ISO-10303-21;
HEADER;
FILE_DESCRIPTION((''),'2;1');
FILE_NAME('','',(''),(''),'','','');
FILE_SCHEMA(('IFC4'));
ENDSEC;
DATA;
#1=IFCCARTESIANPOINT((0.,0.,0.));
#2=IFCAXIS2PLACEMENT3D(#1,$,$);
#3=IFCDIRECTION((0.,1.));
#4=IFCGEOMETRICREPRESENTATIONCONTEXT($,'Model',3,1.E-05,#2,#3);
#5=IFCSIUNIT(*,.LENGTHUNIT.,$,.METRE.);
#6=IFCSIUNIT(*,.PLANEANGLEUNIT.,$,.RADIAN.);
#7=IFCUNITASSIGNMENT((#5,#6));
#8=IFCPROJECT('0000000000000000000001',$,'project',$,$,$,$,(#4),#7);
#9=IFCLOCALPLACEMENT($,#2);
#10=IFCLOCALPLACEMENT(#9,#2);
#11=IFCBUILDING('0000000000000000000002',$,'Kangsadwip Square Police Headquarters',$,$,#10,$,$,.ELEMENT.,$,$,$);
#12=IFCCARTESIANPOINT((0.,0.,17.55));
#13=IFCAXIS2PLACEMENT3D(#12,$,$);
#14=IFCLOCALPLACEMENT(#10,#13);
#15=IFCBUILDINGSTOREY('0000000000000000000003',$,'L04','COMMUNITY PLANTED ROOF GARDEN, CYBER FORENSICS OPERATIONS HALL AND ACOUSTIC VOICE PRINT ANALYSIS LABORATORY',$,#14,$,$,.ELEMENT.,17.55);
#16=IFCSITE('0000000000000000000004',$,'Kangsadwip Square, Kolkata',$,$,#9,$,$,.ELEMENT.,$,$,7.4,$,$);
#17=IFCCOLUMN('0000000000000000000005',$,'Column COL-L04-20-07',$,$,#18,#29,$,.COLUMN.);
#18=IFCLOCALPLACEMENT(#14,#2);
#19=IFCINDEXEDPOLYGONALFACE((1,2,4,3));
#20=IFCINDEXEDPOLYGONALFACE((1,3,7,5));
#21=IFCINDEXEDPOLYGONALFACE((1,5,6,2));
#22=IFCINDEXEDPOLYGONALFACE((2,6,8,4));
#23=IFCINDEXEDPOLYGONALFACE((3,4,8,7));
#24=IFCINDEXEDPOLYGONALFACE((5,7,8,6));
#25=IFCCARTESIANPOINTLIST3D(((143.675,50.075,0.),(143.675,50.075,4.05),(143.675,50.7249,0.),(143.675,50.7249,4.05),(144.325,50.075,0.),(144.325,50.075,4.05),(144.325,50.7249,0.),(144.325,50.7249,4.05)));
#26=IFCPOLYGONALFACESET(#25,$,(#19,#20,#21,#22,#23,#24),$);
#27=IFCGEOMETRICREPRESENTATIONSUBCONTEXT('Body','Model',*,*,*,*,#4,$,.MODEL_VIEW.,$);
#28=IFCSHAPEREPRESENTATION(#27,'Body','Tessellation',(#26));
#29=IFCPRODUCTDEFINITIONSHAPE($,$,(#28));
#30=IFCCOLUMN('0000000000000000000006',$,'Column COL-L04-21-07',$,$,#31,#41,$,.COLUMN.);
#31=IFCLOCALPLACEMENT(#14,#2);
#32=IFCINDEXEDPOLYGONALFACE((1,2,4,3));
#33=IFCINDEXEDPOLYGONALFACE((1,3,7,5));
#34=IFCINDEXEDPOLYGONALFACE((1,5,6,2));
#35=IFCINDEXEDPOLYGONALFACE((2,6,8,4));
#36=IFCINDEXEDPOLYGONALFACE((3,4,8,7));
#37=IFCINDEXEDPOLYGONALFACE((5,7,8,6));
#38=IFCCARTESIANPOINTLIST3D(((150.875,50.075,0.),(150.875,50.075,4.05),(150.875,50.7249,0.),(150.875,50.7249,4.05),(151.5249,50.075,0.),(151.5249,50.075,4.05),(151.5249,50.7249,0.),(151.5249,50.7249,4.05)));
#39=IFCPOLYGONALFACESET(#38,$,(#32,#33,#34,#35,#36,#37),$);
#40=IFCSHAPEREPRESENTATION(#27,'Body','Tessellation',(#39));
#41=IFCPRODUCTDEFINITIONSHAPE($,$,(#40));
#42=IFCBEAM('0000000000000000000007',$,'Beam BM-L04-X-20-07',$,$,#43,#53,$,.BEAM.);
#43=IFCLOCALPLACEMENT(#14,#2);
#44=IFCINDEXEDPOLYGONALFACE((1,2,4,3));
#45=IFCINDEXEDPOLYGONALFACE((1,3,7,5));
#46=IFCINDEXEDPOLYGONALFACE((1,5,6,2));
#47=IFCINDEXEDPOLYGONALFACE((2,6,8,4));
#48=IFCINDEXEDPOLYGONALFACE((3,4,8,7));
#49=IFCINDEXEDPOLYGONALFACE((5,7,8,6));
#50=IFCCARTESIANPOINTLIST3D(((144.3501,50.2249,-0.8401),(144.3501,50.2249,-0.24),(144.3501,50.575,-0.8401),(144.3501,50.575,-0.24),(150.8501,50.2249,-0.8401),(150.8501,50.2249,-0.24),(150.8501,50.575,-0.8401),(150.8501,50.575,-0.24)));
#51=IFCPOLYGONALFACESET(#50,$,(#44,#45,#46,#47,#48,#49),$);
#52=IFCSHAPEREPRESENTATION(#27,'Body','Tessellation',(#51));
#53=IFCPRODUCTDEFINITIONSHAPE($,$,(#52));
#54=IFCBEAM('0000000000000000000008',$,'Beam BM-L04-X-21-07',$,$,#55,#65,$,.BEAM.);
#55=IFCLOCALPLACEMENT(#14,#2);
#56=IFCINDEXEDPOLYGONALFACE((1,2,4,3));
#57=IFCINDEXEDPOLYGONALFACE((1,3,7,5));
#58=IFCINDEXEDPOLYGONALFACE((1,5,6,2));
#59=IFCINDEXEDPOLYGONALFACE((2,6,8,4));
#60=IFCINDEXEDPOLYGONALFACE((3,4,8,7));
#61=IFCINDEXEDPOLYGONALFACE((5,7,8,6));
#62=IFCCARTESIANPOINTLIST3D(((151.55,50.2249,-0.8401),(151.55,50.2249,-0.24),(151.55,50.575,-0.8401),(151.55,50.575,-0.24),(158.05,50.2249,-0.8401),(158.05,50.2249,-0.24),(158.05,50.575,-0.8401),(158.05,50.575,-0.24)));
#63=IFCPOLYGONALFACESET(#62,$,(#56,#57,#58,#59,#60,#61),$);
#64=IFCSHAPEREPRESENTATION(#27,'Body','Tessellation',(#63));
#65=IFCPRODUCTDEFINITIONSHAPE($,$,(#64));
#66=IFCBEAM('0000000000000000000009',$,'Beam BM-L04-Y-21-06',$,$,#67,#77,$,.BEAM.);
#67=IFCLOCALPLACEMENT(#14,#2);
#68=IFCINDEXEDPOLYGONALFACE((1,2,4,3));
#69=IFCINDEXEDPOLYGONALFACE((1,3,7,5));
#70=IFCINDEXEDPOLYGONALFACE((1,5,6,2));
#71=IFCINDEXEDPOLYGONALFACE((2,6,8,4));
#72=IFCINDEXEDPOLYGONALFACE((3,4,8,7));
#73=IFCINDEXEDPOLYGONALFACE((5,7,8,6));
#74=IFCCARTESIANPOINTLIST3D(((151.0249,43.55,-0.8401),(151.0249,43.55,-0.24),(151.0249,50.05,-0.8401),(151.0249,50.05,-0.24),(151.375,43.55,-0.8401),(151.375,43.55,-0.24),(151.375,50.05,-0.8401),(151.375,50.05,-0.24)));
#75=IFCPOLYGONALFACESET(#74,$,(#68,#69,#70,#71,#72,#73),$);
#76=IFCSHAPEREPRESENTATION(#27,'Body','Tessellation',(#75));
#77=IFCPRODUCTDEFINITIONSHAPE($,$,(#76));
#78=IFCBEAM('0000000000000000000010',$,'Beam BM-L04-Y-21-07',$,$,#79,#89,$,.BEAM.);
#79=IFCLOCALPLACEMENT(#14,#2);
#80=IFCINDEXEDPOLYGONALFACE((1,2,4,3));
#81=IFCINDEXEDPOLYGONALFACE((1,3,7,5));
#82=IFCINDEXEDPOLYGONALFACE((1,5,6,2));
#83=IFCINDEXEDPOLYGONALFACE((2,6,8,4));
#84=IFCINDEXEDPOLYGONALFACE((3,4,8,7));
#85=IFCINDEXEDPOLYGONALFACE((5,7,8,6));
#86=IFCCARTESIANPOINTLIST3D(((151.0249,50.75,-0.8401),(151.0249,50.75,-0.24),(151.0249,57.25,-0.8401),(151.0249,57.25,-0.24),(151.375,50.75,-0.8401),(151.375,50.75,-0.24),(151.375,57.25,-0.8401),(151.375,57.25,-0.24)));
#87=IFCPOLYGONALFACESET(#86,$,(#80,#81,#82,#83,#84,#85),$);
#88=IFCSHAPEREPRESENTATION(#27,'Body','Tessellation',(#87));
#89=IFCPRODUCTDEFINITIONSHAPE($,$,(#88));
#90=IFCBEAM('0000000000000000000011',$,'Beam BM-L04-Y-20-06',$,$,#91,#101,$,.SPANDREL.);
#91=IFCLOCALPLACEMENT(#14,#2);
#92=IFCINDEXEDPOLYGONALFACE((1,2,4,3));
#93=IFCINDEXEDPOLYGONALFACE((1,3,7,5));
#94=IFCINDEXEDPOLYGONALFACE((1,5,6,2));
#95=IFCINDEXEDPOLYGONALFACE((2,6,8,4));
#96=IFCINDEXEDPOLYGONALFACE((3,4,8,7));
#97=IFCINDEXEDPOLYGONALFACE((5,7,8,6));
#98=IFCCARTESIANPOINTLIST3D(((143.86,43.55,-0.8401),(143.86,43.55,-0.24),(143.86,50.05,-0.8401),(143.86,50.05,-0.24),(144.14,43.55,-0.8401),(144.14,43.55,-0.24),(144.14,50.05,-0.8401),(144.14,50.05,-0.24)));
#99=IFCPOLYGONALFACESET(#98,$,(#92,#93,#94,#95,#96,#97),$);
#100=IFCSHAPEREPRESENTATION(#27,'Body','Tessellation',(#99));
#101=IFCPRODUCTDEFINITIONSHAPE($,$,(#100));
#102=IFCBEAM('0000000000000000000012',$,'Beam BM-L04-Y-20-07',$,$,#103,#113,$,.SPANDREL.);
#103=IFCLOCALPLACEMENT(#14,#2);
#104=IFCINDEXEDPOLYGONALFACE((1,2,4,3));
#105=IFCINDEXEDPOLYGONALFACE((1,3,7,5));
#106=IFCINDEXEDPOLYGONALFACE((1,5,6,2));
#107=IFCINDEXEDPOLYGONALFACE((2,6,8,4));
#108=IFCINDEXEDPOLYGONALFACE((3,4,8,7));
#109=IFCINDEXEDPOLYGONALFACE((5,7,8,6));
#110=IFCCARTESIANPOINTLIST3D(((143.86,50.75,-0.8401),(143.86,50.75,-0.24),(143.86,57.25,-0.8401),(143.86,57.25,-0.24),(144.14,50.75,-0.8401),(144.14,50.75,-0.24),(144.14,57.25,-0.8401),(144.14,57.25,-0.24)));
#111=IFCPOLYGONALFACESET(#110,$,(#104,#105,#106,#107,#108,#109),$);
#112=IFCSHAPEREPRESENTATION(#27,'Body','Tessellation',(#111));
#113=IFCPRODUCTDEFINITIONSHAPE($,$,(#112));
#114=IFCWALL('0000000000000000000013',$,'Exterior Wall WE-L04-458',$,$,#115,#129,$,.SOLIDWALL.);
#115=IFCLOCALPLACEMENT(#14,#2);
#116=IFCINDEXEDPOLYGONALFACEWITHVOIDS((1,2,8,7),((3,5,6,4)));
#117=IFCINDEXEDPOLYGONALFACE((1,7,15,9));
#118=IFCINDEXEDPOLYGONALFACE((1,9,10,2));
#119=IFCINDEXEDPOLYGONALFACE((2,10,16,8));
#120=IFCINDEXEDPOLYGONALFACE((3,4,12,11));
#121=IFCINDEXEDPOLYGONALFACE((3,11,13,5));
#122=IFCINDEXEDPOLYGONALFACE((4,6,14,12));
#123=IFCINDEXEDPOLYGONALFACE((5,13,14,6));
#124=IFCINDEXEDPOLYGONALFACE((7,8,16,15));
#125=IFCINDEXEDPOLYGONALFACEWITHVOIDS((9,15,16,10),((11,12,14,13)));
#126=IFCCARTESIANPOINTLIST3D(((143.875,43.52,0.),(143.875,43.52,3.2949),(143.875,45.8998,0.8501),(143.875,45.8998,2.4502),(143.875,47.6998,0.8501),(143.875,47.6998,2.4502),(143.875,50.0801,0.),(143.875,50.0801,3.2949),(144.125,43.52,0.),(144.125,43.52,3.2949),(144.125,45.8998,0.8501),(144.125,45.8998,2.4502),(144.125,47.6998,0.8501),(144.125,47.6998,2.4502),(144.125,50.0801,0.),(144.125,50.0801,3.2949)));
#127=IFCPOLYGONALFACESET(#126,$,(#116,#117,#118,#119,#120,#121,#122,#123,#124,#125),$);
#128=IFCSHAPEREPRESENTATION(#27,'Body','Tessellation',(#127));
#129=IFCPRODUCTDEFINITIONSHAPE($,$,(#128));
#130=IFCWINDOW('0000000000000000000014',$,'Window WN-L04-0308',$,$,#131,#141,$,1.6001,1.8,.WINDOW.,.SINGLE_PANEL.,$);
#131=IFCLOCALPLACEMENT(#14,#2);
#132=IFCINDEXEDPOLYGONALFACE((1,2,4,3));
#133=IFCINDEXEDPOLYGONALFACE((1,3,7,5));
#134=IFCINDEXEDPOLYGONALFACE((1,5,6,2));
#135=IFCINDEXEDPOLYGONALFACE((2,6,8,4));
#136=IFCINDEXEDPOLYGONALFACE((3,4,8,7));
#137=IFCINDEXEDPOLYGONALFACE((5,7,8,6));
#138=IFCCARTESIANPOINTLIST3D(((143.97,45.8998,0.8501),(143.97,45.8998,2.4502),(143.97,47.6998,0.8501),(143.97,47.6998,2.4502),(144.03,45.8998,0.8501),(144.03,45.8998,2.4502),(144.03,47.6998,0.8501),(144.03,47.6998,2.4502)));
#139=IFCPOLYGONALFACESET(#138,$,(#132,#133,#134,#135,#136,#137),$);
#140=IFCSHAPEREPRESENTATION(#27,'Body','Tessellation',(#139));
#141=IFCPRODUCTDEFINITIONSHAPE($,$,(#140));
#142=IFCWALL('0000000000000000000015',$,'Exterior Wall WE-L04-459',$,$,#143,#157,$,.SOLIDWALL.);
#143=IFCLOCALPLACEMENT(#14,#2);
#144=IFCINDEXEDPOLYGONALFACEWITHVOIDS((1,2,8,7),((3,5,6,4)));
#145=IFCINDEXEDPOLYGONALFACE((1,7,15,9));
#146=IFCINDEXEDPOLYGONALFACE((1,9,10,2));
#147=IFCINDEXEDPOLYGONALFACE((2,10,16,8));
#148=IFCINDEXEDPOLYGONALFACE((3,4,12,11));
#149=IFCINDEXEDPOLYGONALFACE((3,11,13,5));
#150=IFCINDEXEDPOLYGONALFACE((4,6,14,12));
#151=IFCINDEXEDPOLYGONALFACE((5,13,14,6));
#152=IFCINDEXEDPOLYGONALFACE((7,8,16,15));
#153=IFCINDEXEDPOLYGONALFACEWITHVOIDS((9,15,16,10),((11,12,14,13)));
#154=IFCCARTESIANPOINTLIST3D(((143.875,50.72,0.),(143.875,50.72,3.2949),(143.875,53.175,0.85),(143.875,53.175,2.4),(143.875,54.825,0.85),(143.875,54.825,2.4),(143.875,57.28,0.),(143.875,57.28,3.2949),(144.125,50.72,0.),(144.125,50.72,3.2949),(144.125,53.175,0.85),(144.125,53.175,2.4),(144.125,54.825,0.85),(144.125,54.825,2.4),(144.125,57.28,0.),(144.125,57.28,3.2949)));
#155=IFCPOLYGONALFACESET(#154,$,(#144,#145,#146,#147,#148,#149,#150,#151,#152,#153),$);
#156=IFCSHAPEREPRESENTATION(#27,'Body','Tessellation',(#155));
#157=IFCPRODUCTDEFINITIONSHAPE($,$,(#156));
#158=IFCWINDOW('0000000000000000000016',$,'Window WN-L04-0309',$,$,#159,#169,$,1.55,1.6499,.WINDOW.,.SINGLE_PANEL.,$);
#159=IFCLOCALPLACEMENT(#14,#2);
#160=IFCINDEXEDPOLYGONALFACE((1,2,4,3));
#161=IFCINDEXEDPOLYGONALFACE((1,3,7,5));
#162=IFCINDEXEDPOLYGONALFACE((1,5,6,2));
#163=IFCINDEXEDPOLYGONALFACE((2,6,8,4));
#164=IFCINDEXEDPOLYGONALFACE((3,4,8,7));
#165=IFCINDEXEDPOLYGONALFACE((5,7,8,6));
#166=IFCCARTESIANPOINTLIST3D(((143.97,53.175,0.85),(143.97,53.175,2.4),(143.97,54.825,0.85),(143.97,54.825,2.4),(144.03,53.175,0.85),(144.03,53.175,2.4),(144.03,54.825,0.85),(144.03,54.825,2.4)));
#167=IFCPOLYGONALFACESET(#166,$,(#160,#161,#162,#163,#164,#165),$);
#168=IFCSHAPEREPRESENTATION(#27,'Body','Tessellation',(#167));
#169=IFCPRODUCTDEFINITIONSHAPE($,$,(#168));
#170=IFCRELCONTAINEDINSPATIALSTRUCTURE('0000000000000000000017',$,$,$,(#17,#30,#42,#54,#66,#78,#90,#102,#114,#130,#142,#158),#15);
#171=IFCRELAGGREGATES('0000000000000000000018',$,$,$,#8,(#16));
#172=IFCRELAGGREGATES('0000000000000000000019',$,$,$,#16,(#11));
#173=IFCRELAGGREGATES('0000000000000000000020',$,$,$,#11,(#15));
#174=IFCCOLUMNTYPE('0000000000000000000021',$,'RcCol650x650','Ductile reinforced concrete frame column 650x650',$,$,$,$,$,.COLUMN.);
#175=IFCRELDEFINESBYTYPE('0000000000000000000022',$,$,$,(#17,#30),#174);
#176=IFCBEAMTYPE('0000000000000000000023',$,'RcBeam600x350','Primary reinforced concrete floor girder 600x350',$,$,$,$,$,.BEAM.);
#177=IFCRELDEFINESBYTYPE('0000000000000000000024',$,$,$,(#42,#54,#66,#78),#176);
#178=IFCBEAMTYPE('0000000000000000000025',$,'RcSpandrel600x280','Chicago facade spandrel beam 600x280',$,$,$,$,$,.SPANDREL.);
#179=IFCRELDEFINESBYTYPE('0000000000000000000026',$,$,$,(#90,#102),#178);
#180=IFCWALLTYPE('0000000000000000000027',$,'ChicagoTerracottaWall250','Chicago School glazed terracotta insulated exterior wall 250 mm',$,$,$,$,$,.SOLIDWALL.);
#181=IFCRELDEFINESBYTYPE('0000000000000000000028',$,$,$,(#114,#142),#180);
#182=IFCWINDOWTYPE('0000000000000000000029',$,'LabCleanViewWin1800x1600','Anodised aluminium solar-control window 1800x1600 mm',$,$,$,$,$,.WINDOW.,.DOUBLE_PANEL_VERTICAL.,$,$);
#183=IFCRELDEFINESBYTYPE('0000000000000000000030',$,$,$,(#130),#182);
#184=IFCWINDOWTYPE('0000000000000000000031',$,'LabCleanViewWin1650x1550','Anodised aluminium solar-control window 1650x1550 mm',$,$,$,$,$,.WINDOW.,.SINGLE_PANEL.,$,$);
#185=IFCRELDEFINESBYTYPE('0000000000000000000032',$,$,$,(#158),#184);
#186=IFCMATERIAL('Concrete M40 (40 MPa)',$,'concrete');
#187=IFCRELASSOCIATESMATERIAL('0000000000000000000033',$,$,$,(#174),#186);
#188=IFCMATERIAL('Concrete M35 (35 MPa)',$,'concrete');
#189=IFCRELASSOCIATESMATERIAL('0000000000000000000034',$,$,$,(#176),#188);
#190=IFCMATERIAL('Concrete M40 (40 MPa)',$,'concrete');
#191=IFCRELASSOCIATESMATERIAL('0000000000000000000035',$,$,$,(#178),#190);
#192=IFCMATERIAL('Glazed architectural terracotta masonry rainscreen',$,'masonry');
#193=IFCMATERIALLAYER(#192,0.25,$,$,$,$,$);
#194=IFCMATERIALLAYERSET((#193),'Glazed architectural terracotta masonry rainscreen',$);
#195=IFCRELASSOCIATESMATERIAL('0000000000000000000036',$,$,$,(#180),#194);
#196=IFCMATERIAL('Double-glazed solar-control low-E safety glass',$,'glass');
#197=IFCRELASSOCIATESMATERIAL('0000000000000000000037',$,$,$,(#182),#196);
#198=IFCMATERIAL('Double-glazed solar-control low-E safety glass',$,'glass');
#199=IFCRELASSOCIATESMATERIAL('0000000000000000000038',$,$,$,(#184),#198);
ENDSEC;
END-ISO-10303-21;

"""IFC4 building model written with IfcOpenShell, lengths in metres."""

from ifc_helpers import new_model, si_unit, direction, frame, frame_2d, origin, origin_2d, place, context, subcontext, project, spatial, rectangle, extrude, material, layer, layer_set, material_profile, profile_set, type_object, element, fill, save


model = new_model("IFC4")

# Units and contexts
model_context = context("Model", 3, precision=1e-05, world=origin(), true_north=direction((0.0, 1.0)))
body_context = subcontext(model_context, "Body", "Model", "MODEL_VIEW")
ifc_project = project(units=[si_unit("LENGTHUNIT", "METRE"), si_unit("PLANEANGLEUNIT", "RADIAN")], contexts=[model_context])

# Site, building, storey
site_placement = place(None, origin())
site = spatial("IfcSite", under=ifc_project, at=site_placement, Name="Kangsadwip Square, Kolkata", CompositionType="ELEMENT", RefElevation=7.4)
building_placement = place(site_placement, origin())
building = spatial("IfcBuilding", under=site, at=building_placement, Name="Kangsadwip Square Police Headquarters", CompositionType="ELEMENT")
storey_placement = place(building_placement, frame((0.0, 0.0, 17.55)))
storey = spatial("IfcBuildingStorey", under=building, at=storey_placement, Name="L04", Description="COMMUNITY PLANTED ROOF GARDEN, CYBER FORENSICS OPERATIONS HALL AND ACOUSTIC VOICE PRINT ANALYSIS LABORATORY", CompositionType="ELEMENT", Elevation=17.55)

# Columns
ifc_material_1 = material(Name="Concrete M40 (40 MPa)", Category="concrete")
ifc_material_profile_1 = material_profile(ifc_material_1, rectangle(XDim=0.6499, YDim=0.6499, at=origin_2d()), Name="RC COL 650X650")
ifc_profile_set_1 = profile_set([ifc_material_profile_1], Name="Concrete M40 (40 MPa)")
column_type = type_object("IfcColumnType", Name="RcCol650x650", Description="Ductile reinforced concrete frame column 650x650", PredefinedType="COLUMN", material=ifc_profile_set_1)
for number, where, z_axis, x_axis, name in (
    (1, (144.0, 50.3999, 0.0), (0.0, 0.0, 1.0), (1.0, 0.0, 0.0), "Column COL-L04-20-07"),
    (2, (151.2, 50.3999, 0.0), (0.0, 0.0, 1.0), (1.0, 0.0, 0.0), "Column COL-L04-21-07"),
):
    element("IfcColumn", number, at=place(storey_placement, frame(where, z_axis=z_axis, x_axis=x_axis)), inside=storey, type_object=column_type, Name=name, PredefinedType="COLUMN", context=body_context, shape_type="SweptSolid", body=[
        extrude(rectangle(XDim=0.6499, YDim=0.6499, at=origin_2d()), origin(), (0.0, 0.0, 1.0), 4.05),
    ])

# Beams
ifc_material_2 = material(Name="Concrete M35 (35 MPa)", Category="concrete")
ifc_material_profile_2 = material_profile(ifc_material_2, rectangle(XDim=0.3501, YDim=0.6001, at=origin_2d()), Name="RC BM 600X350")
ifc_profile_set_2 = profile_set([ifc_material_profile_2], Name="Concrete M35 (35 MPa)")
beam_type_1 = type_object("IfcBeamType", Name="RcBeam600x350", Description="Primary reinforced concrete floor girder 600x350", PredefinedType="BEAM", material=ifc_profile_set_2)
for number, where, z_axis, x_axis, name in (
    (3, (144.3501, 50.3999, -0.54), (1.0, 0.0, 0.0), (0.0, 1.0, 0.0), "Beam BM-L04-X-20-07"),
    (4, (151.55, 50.3999, -0.54), (1.0, 0.0, 0.0), (0.0, 1.0, 0.0), "Beam BM-L04-X-21-07"),
    (5, (151.2, 43.55, -0.54), (0.0, 1.0, 0.0), (-1.0, 0.0, 0.0), "Beam BM-L04-Y-21-06"),
    (6, (151.2, 50.75, -0.54), (0.0, 1.0, 0.0), (-1.0, 0.0, 0.0), "Beam BM-L04-Y-21-07"),
):
    element("IfcBeam", number, at=place(storey_placement, frame(where, z_axis=z_axis, x_axis=x_axis)), inside=storey, type_object=beam_type_1, Name=name, PredefinedType="BEAM", context=body_context, shape_type="SweptSolid", body=[
        extrude(rectangle(XDim=0.3501, YDim=0.6001, at=origin_2d()), origin(), (0.0, 0.0, 1.0), 6.5),
    ])
ifc_material_3 = material(Name="Concrete M40 (40 MPa)", Category="concrete")
ifc_material_profile_3 = material_profile(ifc_material_3, rectangle(XDim=0.28, YDim=0.6001, at=origin_2d()), Name="RC SPN 600X280")
ifc_profile_set_3 = profile_set([ifc_material_profile_3], Name="Concrete M40 (40 MPa)")
beam_type_2 = type_object("IfcBeamType", Name="RcSpandrel600x280", Description="Chicago facade spandrel beam 600x280", PredefinedType="SPANDREL", material=ifc_profile_set_3)
for number, where, z_axis, x_axis, name in (
    (7, (144.0, 43.55, -0.54), (0.0, 1.0, 0.0), (-1.0, 0.0, 0.0), "Beam BM-L04-Y-20-06"),
    (8, (144.0, 50.75, -0.54), (0.0, 1.0, 0.0), (-1.0, 0.0, 0.0), "Beam BM-L04-Y-20-07"),
):
    element("IfcBeam", number, at=place(storey_placement, frame(where, z_axis=z_axis, x_axis=x_axis)), inside=storey, type_object=beam_type_2, Name=name, PredefinedType="SPANDREL", context=body_context, shape_type="SweptSolid", body=[
        extrude(rectangle(XDim=0.28, YDim=0.6001, at=origin_2d()), origin(), (0.0, 0.0, 1.0), 6.5),
    ])

# Walls, openings, windows
ifc_material_4 = material(Name="Glazed architectural terracotta masonry rainscreen", Category="masonry")
ifc_layer_1 = layer(ifc_material_4, 0.25)
ifc_layer_set_1 = layer_set([ifc_layer_1], Name="Glazed architectural terracotta masonry rainscreen")
wall_type_1 = type_object("IfcWallType", Name="ChicagoTerracottaWall250", Description="Chicago School glazed terracotta insulated exterior wall 250 mm", PredefinedType="SOLIDWALL", material=ifc_layer_set_1)
wall_1_placement = place(storey_placement, frame((144.0, 43.52, 0.0), z_axis=(0.0, 0.0, 1.0), x_axis=(0.0, 1.0, 0.0)))
wall_1 = element("IfcWall", 9, at=wall_1_placement, inside=storey, type_object=wall_type_1, Name="Exterior Wall WE-L04-458", PredefinedType="SOLIDWALL", context=body_context, shape_type="SweptSolid", body=[
    extrude(rectangle(XDim=6.5601, YDim=0.25, at=frame_2d((3.28, 0.0))), origin(), (0.0, 0.0, 1.0), 3.2949),
])
opening_1_placement = place(wall_1_placement, frame((2.3799, 0.0, 0.8501)))
opening_1 = element("IfcOpeningElement", 10, at=opening_1_placement, cuts=wall_1, PredefinedType="OPENING", context=body_context, shape_type="SweptSolid", body=[
    extrude(rectangle(XDim=1.8, YDim=1.6001, at=frame_2d((0.8999, 0.8))), frame((0.0, 0.135, 0.0), z_axis=(0.0, -1.0, 0.0), x_axis=(1.0, 0.0, 0.0)), (0.0, 0.0, 1.0), 0.27),
])
ifc_material_5 = material(Name="Double-glazed solar-control low-E safety glass", Category="glass")
window_type_1 = type_object("IfcWindowType", Name="LabCleanViewWin1800x1600", Description="Anodised aluminium solar-control window 1800x1600 mm", PartitioningType="DOUBLE_PANEL_VERTICAL", PredefinedType="WINDOW", material=ifc_material_5)
window_1_placement = place(opening_1_placement, origin())
window_1 = element("IfcWindow", 11, at=window_1_placement, inside=storey, type_object=window_type_1, Name="Window WN-L04-0308", OverallHeight=1.6001, OverallWidth=1.8, PartitioningType="SINGLE_PANEL", PredefinedType="WINDOW", context=body_context, shape_type="SweptSolid", body=[
    extrude(rectangle(XDim=1.8, YDim=1.6001, at=frame_2d((0.8999, 0.8))), frame((0.0, 0.03, 0.0), z_axis=(0.0, -1.0, 0.0), x_axis=(1.0, 0.0, 0.0)), (0.0, 0.0, 1.0), 0.0601),
])
fill(opening_1, window_1)
wall_2_placement = place(storey_placement, frame((144.0, 50.72, 0.0), z_axis=(0.0, 0.0, 1.0), x_axis=(0.0, 1.0, 0.0)))
wall_2 = element("IfcWall", 12, at=wall_2_placement, inside=storey, type_object=wall_type_1, Name="Exterior Wall WE-L04-459", PredefinedType="SOLIDWALL", context=body_context, shape_type="SweptSolid", body=[
    extrude(rectangle(XDim=6.5601, YDim=0.25, at=frame_2d((3.28, 0.0))), origin(), (0.0, 0.0, 1.0), 3.2949),
])
opening_2_placement = place(wall_2_placement, frame((2.4551, 0.0, 0.8501)))
opening_2 = element("IfcOpeningElement", 13, at=opening_2_placement, cuts=wall_2, PredefinedType="OPENING", context=body_context, shape_type="SweptSolid", body=[
    extrude(rectangle(XDim=1.6499, YDim=1.55, at=frame_2d((0.825, 0.7749))), frame((0.0, 0.135, 0.0), z_axis=(0.0, -1.0, 0.0), x_axis=(1.0, 0.0, 0.0)), (0.0, 0.0, 1.0), 0.27),
])
ifc_material_6 = material(Name="Double-glazed solar-control low-E safety glass", Category="glass")
window_type_2 = type_object("IfcWindowType", Name="LabCleanViewWin1650x1550", Description="Anodised aluminium solar-control window 1650x1550 mm", PartitioningType="SINGLE_PANEL", PredefinedType="WINDOW", material=ifc_material_6)
window_2_placement = place(opening_2_placement, origin())
window_2 = element("IfcWindow", 14, at=window_2_placement, inside=storey, type_object=window_type_2, Name="Window WN-L04-0309", OverallHeight=1.55, OverallWidth=1.6499, PartitioningType="SINGLE_PANEL", PredefinedType="WINDOW", context=body_context, shape_type="SweptSolid", body=[
    extrude(rectangle(XDim=1.6499, YDim=1.55, at=frame_2d((0.825, 0.7749))), frame((0.0, 0.03, 0.0), z_axis=(0.0, -1.0, 0.0), x_axis=(1.0, 0.0, 0.0)), (0.0, 0.0, 1.0), 0.0601),
])
fill(opening_2, window_2)

save(model, "model.ifc")
